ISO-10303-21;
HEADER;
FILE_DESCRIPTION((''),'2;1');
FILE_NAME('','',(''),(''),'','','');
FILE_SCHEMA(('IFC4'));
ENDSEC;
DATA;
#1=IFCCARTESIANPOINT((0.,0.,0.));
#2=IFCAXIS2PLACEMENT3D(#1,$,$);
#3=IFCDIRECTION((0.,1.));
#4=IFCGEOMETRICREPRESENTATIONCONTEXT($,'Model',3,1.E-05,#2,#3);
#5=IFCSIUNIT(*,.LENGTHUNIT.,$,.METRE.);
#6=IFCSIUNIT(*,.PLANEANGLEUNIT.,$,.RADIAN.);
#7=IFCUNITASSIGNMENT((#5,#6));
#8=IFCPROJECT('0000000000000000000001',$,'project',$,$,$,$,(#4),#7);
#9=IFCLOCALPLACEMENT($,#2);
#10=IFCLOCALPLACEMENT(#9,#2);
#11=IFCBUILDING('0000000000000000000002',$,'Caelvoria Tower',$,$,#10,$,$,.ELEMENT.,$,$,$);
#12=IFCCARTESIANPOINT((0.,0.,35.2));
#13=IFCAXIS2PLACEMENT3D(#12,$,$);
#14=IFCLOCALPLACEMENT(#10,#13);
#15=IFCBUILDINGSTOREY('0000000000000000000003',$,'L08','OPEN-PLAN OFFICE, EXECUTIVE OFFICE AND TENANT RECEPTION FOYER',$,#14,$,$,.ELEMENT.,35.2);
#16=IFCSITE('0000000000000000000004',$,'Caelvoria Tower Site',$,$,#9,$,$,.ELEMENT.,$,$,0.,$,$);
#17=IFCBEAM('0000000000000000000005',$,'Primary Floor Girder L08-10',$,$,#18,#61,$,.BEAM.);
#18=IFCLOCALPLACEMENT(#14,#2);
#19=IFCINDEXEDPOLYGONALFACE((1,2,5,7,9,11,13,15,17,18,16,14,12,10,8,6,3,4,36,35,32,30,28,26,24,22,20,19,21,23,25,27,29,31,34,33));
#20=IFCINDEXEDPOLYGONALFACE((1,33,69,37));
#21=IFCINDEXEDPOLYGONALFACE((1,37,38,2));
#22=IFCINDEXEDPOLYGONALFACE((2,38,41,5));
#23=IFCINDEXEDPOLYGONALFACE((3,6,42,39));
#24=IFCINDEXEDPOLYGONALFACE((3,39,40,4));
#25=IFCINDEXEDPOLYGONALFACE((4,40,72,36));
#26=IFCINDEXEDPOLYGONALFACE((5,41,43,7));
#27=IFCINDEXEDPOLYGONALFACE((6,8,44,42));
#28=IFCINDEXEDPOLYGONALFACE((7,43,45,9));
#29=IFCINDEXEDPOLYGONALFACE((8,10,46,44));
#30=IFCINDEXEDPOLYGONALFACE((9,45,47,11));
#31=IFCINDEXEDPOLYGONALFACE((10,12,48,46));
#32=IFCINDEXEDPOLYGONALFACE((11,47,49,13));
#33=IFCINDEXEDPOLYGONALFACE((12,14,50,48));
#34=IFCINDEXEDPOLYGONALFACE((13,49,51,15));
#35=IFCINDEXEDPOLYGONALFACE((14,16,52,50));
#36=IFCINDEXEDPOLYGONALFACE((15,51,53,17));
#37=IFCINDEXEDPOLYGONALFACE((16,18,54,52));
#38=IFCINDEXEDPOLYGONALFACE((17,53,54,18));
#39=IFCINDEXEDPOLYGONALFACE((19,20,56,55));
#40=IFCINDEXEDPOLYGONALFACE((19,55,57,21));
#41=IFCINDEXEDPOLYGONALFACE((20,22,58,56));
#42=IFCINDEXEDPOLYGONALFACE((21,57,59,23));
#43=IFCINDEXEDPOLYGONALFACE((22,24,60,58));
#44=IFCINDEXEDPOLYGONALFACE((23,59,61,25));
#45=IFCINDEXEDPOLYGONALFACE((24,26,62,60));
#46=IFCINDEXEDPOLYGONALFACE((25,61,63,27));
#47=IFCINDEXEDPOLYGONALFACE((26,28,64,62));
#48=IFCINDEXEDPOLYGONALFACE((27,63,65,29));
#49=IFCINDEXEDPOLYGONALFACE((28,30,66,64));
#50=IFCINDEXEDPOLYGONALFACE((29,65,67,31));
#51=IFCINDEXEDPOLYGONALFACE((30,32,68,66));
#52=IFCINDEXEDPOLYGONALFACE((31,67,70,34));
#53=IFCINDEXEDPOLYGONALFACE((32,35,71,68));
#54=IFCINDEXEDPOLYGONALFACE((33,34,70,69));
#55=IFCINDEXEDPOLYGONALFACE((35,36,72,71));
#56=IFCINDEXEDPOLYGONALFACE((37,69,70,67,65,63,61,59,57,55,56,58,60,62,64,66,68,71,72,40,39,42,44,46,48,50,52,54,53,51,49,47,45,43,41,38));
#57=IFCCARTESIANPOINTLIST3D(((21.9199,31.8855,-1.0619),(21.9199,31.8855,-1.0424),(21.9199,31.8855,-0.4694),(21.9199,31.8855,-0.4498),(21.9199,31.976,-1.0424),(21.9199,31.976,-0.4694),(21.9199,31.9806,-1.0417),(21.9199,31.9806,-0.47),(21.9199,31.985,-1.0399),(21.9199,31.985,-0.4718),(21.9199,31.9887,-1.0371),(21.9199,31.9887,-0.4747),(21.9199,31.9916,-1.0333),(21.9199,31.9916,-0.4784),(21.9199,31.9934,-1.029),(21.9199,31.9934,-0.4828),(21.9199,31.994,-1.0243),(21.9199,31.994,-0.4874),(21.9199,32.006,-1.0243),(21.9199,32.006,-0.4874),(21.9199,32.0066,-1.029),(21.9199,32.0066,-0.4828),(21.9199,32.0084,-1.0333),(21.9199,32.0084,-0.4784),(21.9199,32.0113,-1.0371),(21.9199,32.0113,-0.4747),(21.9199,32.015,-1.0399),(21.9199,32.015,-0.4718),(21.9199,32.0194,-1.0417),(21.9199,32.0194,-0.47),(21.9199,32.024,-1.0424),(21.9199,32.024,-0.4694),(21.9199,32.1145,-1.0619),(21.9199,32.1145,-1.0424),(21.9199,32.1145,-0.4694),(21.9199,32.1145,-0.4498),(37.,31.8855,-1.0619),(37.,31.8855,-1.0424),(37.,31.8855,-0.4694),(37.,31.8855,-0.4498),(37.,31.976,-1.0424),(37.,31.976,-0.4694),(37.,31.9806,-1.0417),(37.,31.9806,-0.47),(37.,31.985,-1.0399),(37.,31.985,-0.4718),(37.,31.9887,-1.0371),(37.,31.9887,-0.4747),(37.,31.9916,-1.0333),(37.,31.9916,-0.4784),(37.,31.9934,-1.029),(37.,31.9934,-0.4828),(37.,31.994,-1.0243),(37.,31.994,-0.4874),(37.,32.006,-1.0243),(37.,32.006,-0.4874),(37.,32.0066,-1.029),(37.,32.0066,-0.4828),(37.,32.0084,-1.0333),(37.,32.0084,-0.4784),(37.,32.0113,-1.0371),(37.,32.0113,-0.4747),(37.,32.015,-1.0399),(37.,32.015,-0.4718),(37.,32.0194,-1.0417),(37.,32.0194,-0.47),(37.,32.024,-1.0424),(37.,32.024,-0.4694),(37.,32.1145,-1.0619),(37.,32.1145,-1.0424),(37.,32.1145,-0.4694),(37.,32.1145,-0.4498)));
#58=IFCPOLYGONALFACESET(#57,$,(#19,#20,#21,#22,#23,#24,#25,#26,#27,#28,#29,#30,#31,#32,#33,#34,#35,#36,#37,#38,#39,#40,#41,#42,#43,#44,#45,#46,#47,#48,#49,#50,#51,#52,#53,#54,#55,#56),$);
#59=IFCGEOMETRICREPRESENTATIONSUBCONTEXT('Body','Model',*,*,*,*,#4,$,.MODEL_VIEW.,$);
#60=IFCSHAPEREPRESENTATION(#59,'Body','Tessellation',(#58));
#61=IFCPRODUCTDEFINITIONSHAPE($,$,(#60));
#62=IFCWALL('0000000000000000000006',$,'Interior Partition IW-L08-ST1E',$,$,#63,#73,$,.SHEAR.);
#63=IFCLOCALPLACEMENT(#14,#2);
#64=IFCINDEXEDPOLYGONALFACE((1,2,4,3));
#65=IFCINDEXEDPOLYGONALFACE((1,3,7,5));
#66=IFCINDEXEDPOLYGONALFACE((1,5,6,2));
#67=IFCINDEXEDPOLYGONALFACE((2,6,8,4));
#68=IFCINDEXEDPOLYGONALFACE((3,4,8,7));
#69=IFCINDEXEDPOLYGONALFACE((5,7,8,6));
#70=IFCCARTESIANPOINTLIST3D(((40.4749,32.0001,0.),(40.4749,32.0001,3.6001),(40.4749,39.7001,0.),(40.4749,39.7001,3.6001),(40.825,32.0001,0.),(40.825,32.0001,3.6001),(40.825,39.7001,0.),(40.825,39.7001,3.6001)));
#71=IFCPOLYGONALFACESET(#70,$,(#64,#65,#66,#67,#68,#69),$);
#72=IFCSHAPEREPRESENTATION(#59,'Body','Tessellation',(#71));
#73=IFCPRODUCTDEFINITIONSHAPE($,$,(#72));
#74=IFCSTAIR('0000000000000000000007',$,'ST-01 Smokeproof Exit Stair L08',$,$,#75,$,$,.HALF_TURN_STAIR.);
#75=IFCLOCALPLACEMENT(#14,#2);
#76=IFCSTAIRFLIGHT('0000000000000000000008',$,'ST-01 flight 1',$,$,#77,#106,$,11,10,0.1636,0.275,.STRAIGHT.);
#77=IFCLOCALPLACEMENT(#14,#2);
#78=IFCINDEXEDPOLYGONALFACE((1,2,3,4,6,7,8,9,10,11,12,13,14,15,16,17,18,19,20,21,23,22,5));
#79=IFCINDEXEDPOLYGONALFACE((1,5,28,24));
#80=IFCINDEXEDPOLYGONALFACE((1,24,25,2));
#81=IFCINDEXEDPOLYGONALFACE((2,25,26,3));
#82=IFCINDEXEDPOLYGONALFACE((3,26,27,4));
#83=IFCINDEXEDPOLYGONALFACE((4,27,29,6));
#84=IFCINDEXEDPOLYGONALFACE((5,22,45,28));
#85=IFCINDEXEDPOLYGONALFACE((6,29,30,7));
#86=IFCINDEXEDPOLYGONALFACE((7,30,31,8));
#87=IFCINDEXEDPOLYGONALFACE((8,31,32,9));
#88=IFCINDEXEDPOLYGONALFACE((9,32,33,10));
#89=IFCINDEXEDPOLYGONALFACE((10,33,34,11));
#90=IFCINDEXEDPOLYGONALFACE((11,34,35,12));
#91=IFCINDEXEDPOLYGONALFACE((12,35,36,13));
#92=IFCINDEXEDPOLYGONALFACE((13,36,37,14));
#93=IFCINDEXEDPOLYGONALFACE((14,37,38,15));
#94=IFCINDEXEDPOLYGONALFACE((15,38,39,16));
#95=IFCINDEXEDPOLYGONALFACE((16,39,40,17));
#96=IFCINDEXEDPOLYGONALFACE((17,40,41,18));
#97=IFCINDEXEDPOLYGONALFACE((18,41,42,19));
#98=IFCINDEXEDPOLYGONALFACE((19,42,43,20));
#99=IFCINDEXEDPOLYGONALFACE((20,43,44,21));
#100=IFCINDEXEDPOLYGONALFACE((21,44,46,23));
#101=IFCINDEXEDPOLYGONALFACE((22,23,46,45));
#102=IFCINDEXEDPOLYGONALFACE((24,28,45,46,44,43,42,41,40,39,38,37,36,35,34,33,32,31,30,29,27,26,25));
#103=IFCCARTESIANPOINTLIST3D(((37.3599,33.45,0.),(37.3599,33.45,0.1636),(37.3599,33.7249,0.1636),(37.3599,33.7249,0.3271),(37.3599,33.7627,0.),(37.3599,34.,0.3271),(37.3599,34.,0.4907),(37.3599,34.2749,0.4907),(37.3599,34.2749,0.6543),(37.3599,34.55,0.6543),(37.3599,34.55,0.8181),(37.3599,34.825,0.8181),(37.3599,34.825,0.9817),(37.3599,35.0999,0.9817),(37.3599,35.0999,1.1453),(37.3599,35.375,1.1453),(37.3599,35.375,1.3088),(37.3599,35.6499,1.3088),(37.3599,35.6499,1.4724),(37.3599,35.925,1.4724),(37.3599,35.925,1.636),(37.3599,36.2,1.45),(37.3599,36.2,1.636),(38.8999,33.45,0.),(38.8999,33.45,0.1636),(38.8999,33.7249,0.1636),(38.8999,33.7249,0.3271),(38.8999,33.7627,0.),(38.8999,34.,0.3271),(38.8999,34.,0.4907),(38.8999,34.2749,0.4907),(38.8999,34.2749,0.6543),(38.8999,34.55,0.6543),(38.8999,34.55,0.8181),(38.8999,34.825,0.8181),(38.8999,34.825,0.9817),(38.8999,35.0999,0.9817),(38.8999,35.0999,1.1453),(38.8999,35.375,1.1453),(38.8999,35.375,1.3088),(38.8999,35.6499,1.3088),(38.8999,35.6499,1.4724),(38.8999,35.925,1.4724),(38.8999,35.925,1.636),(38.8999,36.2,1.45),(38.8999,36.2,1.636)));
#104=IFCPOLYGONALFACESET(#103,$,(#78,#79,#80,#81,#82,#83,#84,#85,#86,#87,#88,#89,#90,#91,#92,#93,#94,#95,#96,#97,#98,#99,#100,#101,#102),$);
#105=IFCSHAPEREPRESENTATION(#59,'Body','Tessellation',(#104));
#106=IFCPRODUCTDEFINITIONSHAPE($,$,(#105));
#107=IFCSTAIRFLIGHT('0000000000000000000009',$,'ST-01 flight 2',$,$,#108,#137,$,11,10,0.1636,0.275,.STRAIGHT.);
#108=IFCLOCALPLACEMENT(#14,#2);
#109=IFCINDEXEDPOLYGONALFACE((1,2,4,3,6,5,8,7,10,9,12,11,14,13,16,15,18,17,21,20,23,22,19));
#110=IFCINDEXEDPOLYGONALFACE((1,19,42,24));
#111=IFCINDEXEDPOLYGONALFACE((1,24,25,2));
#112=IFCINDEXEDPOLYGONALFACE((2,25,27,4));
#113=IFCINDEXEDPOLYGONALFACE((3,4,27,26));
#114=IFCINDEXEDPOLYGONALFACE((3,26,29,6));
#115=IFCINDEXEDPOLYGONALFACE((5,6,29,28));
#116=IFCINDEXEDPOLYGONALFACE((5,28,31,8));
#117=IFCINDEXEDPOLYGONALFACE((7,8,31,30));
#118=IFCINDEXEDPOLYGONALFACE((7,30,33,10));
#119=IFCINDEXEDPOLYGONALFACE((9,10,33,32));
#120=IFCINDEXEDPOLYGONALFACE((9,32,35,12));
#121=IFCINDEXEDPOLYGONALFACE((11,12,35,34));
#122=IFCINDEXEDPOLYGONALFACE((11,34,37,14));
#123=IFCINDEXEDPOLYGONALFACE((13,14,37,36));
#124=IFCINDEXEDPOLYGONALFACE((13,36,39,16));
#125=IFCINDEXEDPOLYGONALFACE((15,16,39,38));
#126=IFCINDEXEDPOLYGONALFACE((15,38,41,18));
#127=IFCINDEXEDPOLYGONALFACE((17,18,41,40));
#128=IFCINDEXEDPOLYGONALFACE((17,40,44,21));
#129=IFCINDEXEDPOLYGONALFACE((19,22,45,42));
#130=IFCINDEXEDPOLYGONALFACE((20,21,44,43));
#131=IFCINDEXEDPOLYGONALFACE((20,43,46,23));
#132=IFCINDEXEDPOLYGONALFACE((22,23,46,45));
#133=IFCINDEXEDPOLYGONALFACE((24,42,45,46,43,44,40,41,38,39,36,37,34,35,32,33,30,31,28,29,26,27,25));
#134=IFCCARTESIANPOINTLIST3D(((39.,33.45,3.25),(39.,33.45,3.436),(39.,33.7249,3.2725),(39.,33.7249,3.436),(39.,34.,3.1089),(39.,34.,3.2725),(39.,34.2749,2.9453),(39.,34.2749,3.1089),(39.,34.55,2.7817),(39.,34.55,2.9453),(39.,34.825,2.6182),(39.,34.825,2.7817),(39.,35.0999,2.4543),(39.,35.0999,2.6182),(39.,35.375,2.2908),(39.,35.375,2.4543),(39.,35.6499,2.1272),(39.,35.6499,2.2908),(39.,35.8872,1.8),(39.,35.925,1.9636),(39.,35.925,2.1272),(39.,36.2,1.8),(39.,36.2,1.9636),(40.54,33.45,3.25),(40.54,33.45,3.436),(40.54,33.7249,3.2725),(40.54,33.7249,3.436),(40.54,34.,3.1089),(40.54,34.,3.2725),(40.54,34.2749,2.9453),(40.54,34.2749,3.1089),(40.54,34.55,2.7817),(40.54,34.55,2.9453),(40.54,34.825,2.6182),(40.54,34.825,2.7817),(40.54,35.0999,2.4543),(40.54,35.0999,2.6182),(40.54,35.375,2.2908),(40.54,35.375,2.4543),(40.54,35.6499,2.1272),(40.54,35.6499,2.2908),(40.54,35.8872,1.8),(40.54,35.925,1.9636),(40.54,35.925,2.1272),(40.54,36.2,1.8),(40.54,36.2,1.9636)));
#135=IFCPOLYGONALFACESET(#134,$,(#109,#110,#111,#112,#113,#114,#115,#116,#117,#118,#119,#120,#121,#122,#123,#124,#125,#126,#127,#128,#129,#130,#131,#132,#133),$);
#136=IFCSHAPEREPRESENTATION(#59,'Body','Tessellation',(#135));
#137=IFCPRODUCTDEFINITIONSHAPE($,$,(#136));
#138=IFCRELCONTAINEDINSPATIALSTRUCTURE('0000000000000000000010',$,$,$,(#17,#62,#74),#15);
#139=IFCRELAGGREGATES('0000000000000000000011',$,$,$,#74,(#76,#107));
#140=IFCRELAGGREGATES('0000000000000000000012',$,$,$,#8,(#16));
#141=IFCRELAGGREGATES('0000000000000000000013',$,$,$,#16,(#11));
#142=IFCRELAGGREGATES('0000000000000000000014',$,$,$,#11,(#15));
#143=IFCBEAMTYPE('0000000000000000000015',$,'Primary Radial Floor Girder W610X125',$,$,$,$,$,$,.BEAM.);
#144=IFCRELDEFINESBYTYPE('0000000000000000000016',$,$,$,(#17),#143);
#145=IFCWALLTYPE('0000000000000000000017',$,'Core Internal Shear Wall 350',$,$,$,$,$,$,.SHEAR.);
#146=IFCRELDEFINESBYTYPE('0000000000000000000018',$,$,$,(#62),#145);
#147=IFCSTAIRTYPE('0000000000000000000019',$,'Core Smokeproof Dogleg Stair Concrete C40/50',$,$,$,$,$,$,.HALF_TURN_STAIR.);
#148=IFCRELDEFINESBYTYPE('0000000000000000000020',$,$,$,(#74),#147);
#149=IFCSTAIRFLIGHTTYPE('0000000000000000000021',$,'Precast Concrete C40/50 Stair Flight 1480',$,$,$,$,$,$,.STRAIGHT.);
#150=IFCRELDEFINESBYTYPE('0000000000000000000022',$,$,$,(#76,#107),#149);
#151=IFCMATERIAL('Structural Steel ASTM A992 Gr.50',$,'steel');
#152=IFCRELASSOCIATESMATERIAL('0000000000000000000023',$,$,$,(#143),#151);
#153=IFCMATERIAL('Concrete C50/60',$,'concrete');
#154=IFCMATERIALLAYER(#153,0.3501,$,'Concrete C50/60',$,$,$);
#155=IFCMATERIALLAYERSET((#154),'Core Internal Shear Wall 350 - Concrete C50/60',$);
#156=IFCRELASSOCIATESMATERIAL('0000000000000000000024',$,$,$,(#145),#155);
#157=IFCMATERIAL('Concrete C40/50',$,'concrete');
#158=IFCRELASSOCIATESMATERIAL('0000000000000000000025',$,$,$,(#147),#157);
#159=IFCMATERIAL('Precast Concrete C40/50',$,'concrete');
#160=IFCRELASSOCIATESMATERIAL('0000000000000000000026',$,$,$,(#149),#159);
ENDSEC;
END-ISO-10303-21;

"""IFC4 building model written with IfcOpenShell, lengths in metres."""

from ifc_helpers import new_model, si_unit, direction, frame, frame_2d, origin, origin_2d, place, context, subcontext, project, spatial, polyline, rectangle, i_section, outline, extrude, material, layer, layer_set, material_profile, profile_set, type_object, element, aggregate, save


model = new_model("IFC4")

# Units and contexts
model_context = context("Model", 3, precision=1e-05, world=origin(), true_north=direction((0.0, 1.0)))
body_context = subcontext(model_context, "Body", "Model", "MODEL_VIEW")
ifc_project = project(units=[si_unit("LENGTHUNIT", "METRE"), si_unit("PLANEANGLEUNIT", "RADIAN")], contexts=[model_context])

# Site, building, storey
site_placement = place(None, origin())
site = spatial("IfcSite", under=ifc_project, at=site_placement, Name="Caelvoria Tower Site", CompositionType="ELEMENT", RefElevation=0.0)
building_placement = place(site_placement, origin())
building = spatial("IfcBuilding", under=site, at=building_placement, Name="Caelvoria Tower", CompositionType="ELEMENT")
storey_placement = place(building_placement, frame((0.0, 0.0, 35.2)))
storey = spatial("IfcBuildingStorey", under=building, at=storey_placement, Name="L08", Description="OPEN-PLAN OFFICE, EXECUTIVE OFFICE AND TENANT RECEPTION FOYER", CompositionType="ELEMENT", Elevation=35.2)

# Beam
ifc_material_1 = material(Name="Structural Steel ASTM A992 Gr.50", Category="steel")
ifc_material_profile_1 = material_profile(ifc_material_1, i_section(OverallWidth=0.229, OverallDepth=0.6121, WebThickness=0.012, FlangeThickness=0.0195, FilletRadius=0.0181, at=origin_2d()), Name="Structural Steel ASTM A992 Gr.50")
ifc_profile_set_1 = profile_set([ifc_material_profile_1], Name="W610X125 - Structural Steel ASTM A992 Gr.50")
beam_type_1 = type_object("IfcBeamType", Name="Primary Radial Floor Girder W610X125", PredefinedType="BEAM", material=ifc_profile_set_1)
beam_1_placement = place(storey_placement, frame((37.0, 32.0, -0.7559), z_axis=(-1.0, 0.0, 0.0), x_axis=(0.0, -1.0, 0.0)))
element("IfcBeam", 1, at=beam_1_placement, inside=storey, type_object=beam_type_1, Name="Primary Floor Girder L08-10", PredefinedType="BEAM", context=body_context, shape_type="SweptSolid", body=[
    extrude(i_section(OverallWidth=0.229, OverallDepth=0.6121, WebThickness=0.012, FlangeThickness=0.0195, FilletRadius=0.0181, at=origin_2d()), origin(), (0.0, 0.0, 1.0), 15.0801),
])

# Wall
ifc_material_2 = material(Name="Concrete C50/60", Category="concrete")
ifc_layer_1 = layer(ifc_material_2, 0.3501, Name="Concrete C50/60")
ifc_layer_set_1 = layer_set([ifc_layer_1], Name="Core Internal Shear Wall 350 - Concrete C50/60")
wall_type_1 = type_object("IfcWallType", Name="Core Internal Shear Wall 350", PredefinedType="SHEAR", material=ifc_layer_set_1)
wall_1_placement = place(storey_placement, frame((40.6499, 32.0, 0.0), z_axis=(0.0, 0.0, 1.0), x_axis=(0.0, 1.0, 0.0)))
element("IfcWall", 2, at=wall_1_placement, inside=storey, type_object=wall_type_1, Name="Interior Partition IW-L08-ST1E", PredefinedType="SHEAR", context=body_context, shape_type="SweptSolid", body=[
    extrude(rectangle(XDim=7.7, YDim=0.3501, at=frame_2d((3.8501, 0.0))), origin(), (0.0, 0.0, 1.0), 3.6001),
])

# Stair, stair flights
ifc_material_3 = material(Name="Concrete C40/50", Category="concrete")
stair_type = type_object("IfcStairType", Name="Core Smokeproof Dogleg Stair Concrete C40/50", PredefinedType="HALF_TURN_STAIR", material=ifc_material_3)
stair_placement = place(storey_placement, origin())
stair = element("IfcStair", 3, at=stair_placement, inside=storey, type_object=stair_type, Name="ST-01 Smokeproof Exit Stair L08", PredefinedType="HALF_TURN_STAIR")
ifc_material_4 = material(Name="Precast Concrete C40/50", Category="concrete")
stair_flight_type = type_object("IfcStairFlightType", Name="Precast Concrete C40/50 Stair Flight 1480", PredefinedType="STRAIGHT", material=ifc_material_4)
stair_flight_1_placement = place(storey_placement, frame((38.1299, 33.45, 0.0), z_axis=(0.0, 0.0, 1.0), x_axis=(0.0, 1.0, 0.0)))
stair_flight_1 = element("IfcStairFlight", 4, at=stair_flight_1_placement, type_object=stair_flight_type, Name="ST-01 flight 1", NumberOfRisers=11, NumberOfTreads=10, PredefinedType="STRAIGHT", RiserHeight=0.1636, TreadLength=0.275, context=body_context, shape_type="SweptSolid", body=[
    extrude(outline(polyline([(0.0, 0.0), (0.0, 0.1636), (0.2749, 0.1636), (0.2749, 0.3271), (0.55, 0.3271), (0.55, 0.4907), (0.825, 0.4907), (0.825, 0.6543), (1.1001, 0.6543), (1.1001, 0.8181), (1.375, 0.8181), (1.375, 0.9817), (1.6499, 0.9817), (1.6499, 1.1453), (1.925, 1.1453), (1.925, 1.3088), (2.2, 1.3088), (2.2, 1.4724), (2.4751, 1.4724), (2.4751, 1.636), (2.75, 1.636), (2.75, 1.7996), (2.75, 1.45), (0.3127, 0.0), (0.0, 0.0)])), frame((0.0, 0.77, 0.0), z_axis=(0.0, -1.0, 0.0), x_axis=(1.0, 0.0, 0.0)), (0.0, 0.0, 1.0), 1.54),
])
stair_flight_2_placement = place(storey_placement, frame((39.77, 36.2, 1.8), z_axis=(0.0, 0.0, 1.0), x_axis=(0.0, -1.0, 0.0)))
stair_flight_2 = element("IfcStairFlight", 5, at=stair_flight_2_placement, type_object=stair_flight_type, Name="ST-01 flight 2", NumberOfRisers=11, NumberOfTreads=10, PredefinedType="STRAIGHT", RiserHeight=0.1636, TreadLength=0.275, context=body_context, shape_type="SweptSolid", body=[
    extrude(outline(polyline([(0.0, 0.0), (0.0, 0.1636), (0.2749, 0.1636), (0.2749, 0.3271), (0.55, 0.3271), (0.55, 0.4907), (0.825, 0.4907), (0.825, 0.6543), (1.1001, 0.6543), (1.1001, 0.8181), (1.375, 0.8181), (1.375, 0.9817), (1.6499, 0.9817), (1.6499, 1.1453), (1.925, 1.1453), (1.925, 1.3088), (2.2, 1.3088), (2.2, 1.4724), (2.4751, 1.4724), (2.4751, 1.636), (2.75, 1.636), (2.75, 1.7996), (2.75, 1.45), (0.3127, 0.0), (0.0, 0.0)])), frame((0.0, 0.77, 0.0), z_axis=(0.0, -1.0, 0.0), x_axis=(1.0, 0.0, 0.0)), (0.0, 0.0, 1.0), 1.54),
])
aggregate(stair, [stair_flight_1, stair_flight_2])

save(model, "model.ifc")
